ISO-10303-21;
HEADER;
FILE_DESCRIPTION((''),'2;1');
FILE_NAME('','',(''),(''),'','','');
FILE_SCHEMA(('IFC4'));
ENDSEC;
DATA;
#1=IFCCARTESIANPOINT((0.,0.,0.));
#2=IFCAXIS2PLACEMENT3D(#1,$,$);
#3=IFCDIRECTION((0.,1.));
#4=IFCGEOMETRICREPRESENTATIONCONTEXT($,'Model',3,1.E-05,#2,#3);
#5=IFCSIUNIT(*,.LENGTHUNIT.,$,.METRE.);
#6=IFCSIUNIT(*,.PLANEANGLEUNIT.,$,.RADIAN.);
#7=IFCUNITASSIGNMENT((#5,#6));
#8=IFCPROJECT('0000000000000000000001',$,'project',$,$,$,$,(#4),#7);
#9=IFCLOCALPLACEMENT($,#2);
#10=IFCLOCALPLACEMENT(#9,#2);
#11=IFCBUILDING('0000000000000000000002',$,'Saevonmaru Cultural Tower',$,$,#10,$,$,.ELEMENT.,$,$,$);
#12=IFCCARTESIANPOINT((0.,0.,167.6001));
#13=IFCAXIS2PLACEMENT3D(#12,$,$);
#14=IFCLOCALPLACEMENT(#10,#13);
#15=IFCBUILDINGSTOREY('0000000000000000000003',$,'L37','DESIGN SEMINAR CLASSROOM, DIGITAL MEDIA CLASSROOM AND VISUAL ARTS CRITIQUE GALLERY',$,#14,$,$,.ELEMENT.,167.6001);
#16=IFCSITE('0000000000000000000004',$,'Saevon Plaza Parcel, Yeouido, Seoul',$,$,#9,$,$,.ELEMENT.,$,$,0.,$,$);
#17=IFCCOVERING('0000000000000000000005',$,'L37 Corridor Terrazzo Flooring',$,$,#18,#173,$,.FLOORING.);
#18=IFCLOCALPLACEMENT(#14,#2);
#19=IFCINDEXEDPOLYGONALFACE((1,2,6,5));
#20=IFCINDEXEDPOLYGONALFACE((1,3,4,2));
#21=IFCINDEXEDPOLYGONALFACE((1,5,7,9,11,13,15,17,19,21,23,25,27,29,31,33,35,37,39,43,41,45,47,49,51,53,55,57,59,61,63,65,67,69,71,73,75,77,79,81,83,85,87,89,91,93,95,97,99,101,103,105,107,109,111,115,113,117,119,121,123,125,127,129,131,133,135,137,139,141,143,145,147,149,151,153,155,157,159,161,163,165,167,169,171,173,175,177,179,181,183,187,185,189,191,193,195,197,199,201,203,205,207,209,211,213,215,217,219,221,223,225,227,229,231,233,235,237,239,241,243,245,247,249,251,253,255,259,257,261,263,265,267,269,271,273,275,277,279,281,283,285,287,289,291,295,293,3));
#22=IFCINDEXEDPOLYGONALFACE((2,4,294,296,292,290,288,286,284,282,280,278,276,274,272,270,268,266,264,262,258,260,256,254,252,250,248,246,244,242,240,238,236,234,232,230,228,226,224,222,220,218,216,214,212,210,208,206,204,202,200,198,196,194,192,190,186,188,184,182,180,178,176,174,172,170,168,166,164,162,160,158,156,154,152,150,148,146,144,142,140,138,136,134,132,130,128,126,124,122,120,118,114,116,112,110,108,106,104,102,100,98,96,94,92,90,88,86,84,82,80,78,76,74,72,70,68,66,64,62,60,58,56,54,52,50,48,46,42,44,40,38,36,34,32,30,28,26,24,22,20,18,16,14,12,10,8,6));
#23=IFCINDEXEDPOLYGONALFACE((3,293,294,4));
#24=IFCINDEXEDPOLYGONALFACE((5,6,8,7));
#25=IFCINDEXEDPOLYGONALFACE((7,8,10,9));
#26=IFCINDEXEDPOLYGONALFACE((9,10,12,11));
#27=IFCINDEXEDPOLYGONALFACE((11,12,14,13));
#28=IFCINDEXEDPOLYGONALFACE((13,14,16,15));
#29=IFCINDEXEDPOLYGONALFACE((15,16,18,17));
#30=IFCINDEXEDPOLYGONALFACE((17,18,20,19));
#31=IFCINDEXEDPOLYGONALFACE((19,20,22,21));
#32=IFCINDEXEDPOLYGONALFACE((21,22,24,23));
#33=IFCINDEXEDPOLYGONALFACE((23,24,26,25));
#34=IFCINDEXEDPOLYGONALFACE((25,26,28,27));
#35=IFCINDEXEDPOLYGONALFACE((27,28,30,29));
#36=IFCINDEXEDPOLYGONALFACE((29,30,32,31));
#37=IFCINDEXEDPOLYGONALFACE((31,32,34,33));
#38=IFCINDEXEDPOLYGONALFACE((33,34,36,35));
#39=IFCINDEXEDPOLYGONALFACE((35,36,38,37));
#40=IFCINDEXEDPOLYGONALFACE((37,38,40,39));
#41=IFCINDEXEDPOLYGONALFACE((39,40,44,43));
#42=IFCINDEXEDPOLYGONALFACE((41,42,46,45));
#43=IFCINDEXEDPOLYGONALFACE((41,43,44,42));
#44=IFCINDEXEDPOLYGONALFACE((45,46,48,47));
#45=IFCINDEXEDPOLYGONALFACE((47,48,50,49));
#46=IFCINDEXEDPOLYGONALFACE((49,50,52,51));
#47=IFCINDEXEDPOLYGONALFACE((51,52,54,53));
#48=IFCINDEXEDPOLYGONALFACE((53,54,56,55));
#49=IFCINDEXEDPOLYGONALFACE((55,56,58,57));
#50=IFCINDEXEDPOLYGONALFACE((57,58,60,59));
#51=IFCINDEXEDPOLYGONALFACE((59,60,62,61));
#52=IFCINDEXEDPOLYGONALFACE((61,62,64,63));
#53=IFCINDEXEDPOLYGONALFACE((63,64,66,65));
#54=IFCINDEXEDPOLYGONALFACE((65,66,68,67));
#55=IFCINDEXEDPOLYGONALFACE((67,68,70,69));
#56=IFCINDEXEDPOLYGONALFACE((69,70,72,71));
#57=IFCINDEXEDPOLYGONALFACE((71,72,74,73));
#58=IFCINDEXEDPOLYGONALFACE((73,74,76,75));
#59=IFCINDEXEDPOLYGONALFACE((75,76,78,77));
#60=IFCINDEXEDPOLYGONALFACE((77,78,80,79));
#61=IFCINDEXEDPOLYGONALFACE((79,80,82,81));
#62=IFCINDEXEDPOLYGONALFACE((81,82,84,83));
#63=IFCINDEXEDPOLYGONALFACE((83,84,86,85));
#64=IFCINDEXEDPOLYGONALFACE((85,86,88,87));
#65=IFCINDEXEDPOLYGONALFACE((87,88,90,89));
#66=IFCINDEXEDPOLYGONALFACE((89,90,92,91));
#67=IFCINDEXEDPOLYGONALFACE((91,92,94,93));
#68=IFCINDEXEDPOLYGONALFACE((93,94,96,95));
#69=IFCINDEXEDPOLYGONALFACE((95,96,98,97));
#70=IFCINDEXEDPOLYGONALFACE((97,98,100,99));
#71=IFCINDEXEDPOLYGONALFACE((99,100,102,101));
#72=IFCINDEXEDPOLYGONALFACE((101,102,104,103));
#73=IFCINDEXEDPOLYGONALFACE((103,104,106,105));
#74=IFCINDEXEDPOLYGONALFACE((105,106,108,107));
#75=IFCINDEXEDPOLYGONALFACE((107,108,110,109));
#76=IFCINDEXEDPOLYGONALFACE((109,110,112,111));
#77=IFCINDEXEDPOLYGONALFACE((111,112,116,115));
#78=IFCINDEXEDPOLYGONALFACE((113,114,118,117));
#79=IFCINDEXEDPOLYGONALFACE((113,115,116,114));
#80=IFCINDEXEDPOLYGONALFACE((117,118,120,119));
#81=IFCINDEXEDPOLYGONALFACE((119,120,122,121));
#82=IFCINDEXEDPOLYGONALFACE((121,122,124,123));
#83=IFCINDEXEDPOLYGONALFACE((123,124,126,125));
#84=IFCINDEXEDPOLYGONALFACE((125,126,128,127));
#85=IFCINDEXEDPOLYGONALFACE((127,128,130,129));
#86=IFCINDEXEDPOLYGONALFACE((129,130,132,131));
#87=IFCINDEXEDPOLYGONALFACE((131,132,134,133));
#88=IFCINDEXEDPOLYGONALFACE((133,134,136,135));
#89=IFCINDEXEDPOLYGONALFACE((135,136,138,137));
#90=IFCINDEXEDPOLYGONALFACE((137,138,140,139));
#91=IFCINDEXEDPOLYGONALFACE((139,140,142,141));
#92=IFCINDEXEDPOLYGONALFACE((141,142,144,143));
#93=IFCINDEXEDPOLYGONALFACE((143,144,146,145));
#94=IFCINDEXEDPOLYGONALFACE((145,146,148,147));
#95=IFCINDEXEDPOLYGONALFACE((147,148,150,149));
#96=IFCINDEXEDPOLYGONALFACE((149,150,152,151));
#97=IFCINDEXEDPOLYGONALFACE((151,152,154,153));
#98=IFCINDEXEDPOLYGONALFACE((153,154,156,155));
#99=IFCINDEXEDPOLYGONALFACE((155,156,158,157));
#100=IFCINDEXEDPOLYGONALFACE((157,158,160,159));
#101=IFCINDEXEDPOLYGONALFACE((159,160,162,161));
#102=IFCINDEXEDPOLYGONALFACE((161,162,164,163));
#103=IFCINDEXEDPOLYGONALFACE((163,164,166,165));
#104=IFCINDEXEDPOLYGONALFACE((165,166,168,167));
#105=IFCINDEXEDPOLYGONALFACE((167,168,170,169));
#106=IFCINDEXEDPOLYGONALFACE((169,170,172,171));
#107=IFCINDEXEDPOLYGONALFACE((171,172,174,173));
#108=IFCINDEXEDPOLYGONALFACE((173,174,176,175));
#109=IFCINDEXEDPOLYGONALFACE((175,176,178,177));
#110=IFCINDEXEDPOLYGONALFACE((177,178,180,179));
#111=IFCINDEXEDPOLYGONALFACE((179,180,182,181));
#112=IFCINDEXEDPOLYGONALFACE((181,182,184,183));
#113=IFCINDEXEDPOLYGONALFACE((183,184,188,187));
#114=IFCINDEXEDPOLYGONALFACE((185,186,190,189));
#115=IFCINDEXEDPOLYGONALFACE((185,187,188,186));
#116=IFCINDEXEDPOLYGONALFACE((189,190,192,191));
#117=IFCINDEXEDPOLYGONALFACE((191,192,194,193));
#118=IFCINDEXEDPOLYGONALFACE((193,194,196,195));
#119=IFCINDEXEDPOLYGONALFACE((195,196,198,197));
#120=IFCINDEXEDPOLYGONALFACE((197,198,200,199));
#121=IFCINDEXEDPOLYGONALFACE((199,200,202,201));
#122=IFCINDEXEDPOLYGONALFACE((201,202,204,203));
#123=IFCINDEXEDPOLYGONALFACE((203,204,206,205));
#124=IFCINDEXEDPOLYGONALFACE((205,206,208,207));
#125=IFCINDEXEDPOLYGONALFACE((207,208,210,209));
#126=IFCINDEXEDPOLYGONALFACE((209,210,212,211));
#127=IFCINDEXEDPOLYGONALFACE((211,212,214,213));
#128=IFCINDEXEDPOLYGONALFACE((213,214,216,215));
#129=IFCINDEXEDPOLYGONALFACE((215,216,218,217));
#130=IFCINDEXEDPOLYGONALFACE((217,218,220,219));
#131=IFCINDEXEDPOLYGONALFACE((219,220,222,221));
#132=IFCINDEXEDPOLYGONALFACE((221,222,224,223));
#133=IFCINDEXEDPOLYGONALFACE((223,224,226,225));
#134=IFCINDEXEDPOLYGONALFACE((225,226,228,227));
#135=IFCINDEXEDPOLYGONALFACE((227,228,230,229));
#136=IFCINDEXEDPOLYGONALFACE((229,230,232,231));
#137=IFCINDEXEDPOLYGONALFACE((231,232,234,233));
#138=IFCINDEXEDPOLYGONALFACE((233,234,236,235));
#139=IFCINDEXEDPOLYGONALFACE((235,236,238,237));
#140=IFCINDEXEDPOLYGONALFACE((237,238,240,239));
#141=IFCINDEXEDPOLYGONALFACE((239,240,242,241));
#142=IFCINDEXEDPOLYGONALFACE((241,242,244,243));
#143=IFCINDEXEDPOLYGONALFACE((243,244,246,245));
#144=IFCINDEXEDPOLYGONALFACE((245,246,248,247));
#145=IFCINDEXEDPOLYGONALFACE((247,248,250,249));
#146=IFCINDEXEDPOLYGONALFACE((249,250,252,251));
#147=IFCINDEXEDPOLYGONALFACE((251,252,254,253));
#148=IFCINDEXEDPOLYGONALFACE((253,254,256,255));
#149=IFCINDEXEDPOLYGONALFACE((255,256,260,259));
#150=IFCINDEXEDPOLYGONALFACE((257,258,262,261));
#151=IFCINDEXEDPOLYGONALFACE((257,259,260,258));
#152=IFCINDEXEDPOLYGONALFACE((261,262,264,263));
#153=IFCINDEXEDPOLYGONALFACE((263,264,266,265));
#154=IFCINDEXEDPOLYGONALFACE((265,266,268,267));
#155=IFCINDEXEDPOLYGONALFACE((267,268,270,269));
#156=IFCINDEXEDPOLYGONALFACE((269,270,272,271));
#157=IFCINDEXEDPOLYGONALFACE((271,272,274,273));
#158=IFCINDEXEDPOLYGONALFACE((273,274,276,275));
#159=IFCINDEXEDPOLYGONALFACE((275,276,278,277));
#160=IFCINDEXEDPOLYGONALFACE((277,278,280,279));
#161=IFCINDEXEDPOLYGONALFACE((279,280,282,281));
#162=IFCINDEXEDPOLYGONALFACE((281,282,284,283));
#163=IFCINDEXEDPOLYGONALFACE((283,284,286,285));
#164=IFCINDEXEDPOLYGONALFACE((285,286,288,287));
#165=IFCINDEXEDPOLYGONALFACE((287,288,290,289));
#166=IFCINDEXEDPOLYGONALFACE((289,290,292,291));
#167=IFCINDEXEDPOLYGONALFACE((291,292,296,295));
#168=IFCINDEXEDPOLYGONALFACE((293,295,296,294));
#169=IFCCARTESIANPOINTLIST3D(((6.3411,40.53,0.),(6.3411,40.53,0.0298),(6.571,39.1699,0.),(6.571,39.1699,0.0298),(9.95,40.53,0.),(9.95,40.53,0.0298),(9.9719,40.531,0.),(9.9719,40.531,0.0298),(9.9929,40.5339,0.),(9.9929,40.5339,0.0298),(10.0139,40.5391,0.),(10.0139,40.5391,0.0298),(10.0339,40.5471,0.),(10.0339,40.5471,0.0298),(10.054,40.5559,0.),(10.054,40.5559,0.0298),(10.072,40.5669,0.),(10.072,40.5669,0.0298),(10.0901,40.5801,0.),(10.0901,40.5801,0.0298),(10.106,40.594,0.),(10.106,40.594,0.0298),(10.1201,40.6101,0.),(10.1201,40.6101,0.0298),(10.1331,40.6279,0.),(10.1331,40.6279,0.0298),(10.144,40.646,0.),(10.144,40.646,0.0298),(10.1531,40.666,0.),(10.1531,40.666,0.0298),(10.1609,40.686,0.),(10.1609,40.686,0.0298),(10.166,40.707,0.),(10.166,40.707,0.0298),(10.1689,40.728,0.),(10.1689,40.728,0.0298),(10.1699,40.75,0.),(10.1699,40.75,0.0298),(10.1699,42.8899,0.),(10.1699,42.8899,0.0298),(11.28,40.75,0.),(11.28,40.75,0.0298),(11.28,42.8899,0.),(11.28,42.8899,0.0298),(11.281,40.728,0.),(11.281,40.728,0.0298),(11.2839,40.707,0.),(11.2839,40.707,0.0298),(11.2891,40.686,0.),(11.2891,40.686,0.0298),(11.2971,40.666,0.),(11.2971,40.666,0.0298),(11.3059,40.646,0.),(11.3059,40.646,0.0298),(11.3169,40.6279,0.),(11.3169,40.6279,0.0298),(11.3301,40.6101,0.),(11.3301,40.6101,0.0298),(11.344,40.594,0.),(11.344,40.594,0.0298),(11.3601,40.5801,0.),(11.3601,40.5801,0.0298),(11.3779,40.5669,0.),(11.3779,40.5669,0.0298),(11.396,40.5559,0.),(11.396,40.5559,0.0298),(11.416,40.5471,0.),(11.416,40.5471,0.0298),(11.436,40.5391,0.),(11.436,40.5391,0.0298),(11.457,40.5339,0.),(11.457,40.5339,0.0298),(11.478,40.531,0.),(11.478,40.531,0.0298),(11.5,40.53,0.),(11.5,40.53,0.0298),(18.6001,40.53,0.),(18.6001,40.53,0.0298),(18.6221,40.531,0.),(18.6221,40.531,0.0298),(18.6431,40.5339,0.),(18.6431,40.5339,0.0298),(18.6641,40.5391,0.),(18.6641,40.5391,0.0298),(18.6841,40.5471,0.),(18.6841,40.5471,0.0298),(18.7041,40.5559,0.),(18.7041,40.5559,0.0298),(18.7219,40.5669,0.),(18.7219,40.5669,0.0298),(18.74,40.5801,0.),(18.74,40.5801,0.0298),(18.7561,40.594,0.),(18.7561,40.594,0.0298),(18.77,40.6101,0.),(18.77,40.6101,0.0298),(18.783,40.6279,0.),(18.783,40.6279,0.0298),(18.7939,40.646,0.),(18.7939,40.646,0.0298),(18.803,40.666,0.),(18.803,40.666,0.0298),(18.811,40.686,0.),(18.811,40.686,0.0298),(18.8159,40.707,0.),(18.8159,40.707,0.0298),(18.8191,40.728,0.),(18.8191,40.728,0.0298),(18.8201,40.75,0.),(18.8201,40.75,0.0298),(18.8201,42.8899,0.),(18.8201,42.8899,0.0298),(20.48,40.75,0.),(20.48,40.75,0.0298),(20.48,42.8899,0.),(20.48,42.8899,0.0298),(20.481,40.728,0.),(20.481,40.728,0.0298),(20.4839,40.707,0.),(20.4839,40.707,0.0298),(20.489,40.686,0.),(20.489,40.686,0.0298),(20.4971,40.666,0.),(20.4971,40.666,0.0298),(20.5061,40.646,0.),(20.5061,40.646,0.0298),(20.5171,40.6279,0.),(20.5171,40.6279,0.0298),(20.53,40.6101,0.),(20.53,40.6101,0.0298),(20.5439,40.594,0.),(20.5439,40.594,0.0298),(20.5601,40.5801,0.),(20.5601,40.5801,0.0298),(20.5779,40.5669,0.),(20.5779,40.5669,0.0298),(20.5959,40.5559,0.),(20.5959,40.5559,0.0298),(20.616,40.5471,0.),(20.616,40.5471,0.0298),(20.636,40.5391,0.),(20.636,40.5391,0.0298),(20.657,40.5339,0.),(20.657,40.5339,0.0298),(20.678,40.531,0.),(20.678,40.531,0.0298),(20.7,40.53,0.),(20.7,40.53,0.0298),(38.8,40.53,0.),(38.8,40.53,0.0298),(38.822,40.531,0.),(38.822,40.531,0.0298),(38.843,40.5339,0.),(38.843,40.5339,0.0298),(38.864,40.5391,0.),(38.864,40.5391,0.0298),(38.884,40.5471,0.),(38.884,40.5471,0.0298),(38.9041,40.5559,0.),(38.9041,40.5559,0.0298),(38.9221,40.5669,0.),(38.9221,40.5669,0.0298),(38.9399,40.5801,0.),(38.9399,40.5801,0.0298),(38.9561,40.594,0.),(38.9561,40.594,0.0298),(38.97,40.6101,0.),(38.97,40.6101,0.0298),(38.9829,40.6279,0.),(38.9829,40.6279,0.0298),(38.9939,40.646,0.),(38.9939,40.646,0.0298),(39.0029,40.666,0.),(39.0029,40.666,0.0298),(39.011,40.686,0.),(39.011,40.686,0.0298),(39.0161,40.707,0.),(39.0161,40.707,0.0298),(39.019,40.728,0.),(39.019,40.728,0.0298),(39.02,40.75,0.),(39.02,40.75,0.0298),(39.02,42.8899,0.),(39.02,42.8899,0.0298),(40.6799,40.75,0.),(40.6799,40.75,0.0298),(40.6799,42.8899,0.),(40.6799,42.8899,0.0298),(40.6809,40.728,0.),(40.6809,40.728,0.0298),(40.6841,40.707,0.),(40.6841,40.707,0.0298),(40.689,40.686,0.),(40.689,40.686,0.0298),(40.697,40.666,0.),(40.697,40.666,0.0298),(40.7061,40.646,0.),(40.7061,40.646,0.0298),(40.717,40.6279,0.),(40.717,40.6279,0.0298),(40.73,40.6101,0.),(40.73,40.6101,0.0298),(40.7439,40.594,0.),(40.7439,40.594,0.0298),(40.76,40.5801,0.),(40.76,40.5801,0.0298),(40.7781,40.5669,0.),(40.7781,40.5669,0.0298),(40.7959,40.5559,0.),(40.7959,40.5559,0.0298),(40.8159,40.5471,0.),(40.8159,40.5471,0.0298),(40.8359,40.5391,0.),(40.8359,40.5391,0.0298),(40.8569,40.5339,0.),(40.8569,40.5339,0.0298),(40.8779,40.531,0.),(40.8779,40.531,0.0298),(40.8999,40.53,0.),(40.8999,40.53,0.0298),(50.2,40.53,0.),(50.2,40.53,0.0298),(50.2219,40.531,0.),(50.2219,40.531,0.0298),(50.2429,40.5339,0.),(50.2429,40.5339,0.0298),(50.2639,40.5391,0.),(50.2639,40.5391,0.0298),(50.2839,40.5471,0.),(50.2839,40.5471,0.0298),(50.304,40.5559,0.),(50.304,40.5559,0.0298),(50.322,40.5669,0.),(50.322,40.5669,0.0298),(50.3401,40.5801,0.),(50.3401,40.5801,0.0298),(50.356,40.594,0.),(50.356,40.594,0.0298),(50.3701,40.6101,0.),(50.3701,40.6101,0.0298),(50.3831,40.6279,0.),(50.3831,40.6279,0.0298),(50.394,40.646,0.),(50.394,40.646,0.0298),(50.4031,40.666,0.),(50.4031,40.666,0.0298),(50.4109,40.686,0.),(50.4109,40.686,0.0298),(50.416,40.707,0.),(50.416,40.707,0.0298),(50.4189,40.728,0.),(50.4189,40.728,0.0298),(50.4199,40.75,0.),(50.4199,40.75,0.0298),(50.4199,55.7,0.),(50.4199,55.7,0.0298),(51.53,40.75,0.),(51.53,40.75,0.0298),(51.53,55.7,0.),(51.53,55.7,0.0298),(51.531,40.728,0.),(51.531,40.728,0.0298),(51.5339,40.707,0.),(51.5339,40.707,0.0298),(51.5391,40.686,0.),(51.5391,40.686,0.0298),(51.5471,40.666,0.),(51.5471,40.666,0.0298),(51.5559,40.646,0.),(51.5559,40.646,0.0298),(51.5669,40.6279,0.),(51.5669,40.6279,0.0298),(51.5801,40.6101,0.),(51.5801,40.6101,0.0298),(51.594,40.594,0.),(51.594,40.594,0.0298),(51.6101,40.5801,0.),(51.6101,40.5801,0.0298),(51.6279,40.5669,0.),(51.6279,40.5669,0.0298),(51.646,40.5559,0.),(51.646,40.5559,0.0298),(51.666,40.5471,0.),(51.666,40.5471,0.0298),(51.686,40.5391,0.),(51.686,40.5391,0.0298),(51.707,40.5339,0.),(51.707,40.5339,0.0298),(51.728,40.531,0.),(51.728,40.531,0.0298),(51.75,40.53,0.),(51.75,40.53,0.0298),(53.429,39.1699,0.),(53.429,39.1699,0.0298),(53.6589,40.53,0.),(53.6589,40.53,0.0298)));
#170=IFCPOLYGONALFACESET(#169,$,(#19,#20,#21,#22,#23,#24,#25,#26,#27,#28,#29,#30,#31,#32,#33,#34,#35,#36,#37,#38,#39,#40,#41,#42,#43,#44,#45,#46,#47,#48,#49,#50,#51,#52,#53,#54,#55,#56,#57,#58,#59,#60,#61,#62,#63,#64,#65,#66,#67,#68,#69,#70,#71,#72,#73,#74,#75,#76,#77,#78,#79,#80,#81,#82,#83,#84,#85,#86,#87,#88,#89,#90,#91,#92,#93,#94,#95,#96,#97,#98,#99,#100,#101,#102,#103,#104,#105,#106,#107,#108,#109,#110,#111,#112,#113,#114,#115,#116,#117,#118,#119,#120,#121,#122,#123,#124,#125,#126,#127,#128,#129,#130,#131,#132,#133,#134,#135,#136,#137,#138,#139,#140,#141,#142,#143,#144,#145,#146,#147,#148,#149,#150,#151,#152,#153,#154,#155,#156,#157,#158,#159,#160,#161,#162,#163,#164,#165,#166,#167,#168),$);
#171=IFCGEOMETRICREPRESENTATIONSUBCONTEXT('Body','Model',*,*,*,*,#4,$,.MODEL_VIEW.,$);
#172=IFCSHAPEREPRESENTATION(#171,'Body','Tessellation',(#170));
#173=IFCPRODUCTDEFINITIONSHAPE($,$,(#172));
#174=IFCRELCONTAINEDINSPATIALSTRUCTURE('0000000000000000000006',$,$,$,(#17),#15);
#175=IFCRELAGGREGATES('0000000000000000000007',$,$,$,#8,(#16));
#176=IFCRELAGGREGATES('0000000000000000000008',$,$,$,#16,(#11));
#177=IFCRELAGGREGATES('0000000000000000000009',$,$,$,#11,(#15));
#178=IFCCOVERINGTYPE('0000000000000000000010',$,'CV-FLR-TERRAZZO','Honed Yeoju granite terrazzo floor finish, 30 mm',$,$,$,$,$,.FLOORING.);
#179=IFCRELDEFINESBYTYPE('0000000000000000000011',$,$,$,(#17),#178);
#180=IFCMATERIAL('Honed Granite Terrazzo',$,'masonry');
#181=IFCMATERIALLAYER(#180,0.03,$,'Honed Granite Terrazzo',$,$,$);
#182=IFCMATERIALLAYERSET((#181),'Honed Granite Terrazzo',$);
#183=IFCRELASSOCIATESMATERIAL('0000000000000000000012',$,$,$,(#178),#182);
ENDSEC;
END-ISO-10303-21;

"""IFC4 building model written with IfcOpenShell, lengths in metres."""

from ifc_helpers import new_model, si_unit, direction, frame, origin, place, context, subcontext, project, spatial, polyline, outline, extrude, material, layer, layer_set, type_object, element, save


model = new_model("IFC4")

# Units and contexts
model_context = context("Model", 3, precision=1e-05, world=origin(), true_north=direction((0.0, 1.0)))
body_context = subcontext(model_context, "Body", "Model", "MODEL_VIEW")
ifc_project = project(units=[si_unit("LENGTHUNIT", "METRE"), si_unit("PLANEANGLEUNIT", "RADIAN")], contexts=[model_context])

# Site, building, storey
site_placement = place(None, origin())
site = spatial("IfcSite", under=ifc_project, at=site_placement, Name="Saevon Plaza Parcel, Yeouido, Seoul", CompositionType="ELEMENT", RefElevation=0.0)
building_placement = place(site_placement, origin())
building = spatial("IfcBuilding", under=site, at=building_placement, Name="Saevonmaru Cultural Tower", CompositionType="ELEMENT")
storey_placement = place(building_placement, frame((0.0, 0.0, 167.6001)))
storey = spatial("IfcBuildingStorey", under=building, at=storey_placement, Name="L37", Description="DESIGN SEMINAR CLASSROOM, DIGITAL MEDIA CLASSROOM AND VISUAL ARTS CRITIQUE GALLERY", CompositionType="ELEMENT", Elevation=167.6001)

# Covering
ifc_material_1 = material(Name="Honed Granite Terrazzo", Category="masonry")
ifc_layer_1 = layer(ifc_material_1, 0.03, Name="Honed Granite Terrazzo")
ifc_layer_set_1 = layer_set([ifc_layer_1], Name="Honed Granite Terrazzo")
covering_type_1 = type_object("IfcCoveringType", Name="CV-FLR-TERRAZZO", Description="Honed Yeoju granite terrazzo floor finish, 30 mm", PredefinedType="FLOORING", material=ifc_layer_set_1)
covering_1_placement = place(storey_placement, origin())
element("IfcCovering", 1, at=covering_1_placement, inside=storey, type_object=covering_type_1, Name="L37 Corridor Terrazzo Flooring", PredefinedType="FLOORING", context=body_context, shape_type="SweptSolid", body=[
    extrude(outline(polyline([(6.571, 39.1699), (6.3411, 40.53), (9.95, 40.53), (9.9719, 40.531), (9.9929, 40.5339), (10.0139, 40.5391), (10.0339, 40.5471), (10.054, 40.5559), (10.072, 40.5669), (10.0901, 40.5801), (10.106, 40.594), (10.1201, 40.6101), (10.1331, 40.6279), (10.144, 40.646), (10.1531, 40.666), (10.1609, 40.686), (10.166, 40.707), (10.1689, 40.728), (10.1699, 40.75), (10.1699, 42.8899), (11.28, 42.8899), (11.28, 40.75), (11.281, 40.728), (11.2839, 40.707), (11.2891, 40.686), (11.2971, 40.666), (11.3059, 40.646), (11.3169, 40.6279), (11.3301, 40.6101), (11.344, 40.594), (11.3601, 40.5801), (11.3779, 40.5669), (11.396, 40.5559), (11.416, 40.5471), (11.436, 40.5391), (11.457, 40.5339), (11.478, 40.531), (11.5, 40.53), (18.6001, 40.53), (18.6221, 40.531), (18.6431, 40.5339), (18.6641, 40.5391), (18.6841, 40.5471), (18.7041, 40.5559), (18.7219, 40.5669), (18.74, 40.5801), (18.7561, 40.594), (18.77, 40.6101), (18.783, 40.6279), (18.7939, 40.646), (18.803, 40.666), (18.811, 40.686), (18.8159, 40.707), (18.8191, 40.728), (18.8201, 40.75), (18.8201, 42.8899), (20.48, 42.8899), (20.48, 40.75), (20.481, 40.728), (20.4839, 40.707), (20.489, 40.686), (20.4971, 40.666), (20.5061, 40.646), (20.5171, 40.6279), (20.53, 40.6101), (20.5439, 40.594), (20.5601, 40.5801), (20.5779, 40.5669), (20.5959, 40.5559), (20.616, 40.5471), (20.636, 40.5391), (20.657, 40.5339), (20.678, 40.531), (20.7, 40.53), (38.8, 40.53), (38.822, 40.531), (38.843, 40.5339), (38.864, 40.5391), (38.884, 40.5471), (38.9041, 40.5559), (38.9221, 40.5669), (38.9399, 40.5801), (38.9561, 40.594), (38.97, 40.6101), (38.9829, 40.6279), (38.9939, 40.646), (39.0029, 40.666), (39.011, 40.686), (39.0161, 40.707), (39.019, 40.728), (39.02, 40.75), (39.02, 42.8899), (40.6799, 42.8899), (40.6799, 40.75), (40.6809, 40.728), (40.6841, 40.707), (40.689, 40.686), (40.697, 40.666), (40.7061, 40.646), (40.717, 40.6279), (40.73, 40.6101), (40.7439, 40.594), (40.76, 40.5801), (40.7781, 40.5669), (40.7959, 40.5559), (40.8159, 40.5471), (40.8359, 40.5391), (40.8569, 40.5339), (40.8779, 40.531), (40.8999, 40.53), (50.2, 40.53), (50.2219, 40.531), (50.2429, 40.5339), (50.2639, 40.5391), (50.2839, 40.5471), (50.304, 40.5559), (50.322, 40.5669), (50.3401, 40.5801), (50.356, 40.594), (50.3701, 40.6101), (50.3831, 40.6279), (50.394, 40.646), (50.4031, 40.666), (50.4109, 40.686), (50.416, 40.707), (50.4189, 40.728), (50.4199, 40.75), (50.4199, 55.7), (51.53, 55.7), (51.53, 40.75), (51.531, 40.728), (51.5339, 40.707), (51.5391, 40.686), (51.5471, 40.666), (51.5559, 40.646), (51.5669, 40.6279), (51.5801, 40.6101), (51.594, 40.594), (51.6101, 40.5801), (51.6279, 40.5669), (51.646, 40.5559), (51.666, 40.5471), (51.686, 40.5391), (51.707, 40.5339), (51.728, 40.531), (51.75, 40.53), (53.6589, 40.53), (53.429, 39.1699), (6.571, 39.1699)])), origin(), (0.0, 0.0, 1.0), 0.0298),
])

save(model, "model.ifc")
